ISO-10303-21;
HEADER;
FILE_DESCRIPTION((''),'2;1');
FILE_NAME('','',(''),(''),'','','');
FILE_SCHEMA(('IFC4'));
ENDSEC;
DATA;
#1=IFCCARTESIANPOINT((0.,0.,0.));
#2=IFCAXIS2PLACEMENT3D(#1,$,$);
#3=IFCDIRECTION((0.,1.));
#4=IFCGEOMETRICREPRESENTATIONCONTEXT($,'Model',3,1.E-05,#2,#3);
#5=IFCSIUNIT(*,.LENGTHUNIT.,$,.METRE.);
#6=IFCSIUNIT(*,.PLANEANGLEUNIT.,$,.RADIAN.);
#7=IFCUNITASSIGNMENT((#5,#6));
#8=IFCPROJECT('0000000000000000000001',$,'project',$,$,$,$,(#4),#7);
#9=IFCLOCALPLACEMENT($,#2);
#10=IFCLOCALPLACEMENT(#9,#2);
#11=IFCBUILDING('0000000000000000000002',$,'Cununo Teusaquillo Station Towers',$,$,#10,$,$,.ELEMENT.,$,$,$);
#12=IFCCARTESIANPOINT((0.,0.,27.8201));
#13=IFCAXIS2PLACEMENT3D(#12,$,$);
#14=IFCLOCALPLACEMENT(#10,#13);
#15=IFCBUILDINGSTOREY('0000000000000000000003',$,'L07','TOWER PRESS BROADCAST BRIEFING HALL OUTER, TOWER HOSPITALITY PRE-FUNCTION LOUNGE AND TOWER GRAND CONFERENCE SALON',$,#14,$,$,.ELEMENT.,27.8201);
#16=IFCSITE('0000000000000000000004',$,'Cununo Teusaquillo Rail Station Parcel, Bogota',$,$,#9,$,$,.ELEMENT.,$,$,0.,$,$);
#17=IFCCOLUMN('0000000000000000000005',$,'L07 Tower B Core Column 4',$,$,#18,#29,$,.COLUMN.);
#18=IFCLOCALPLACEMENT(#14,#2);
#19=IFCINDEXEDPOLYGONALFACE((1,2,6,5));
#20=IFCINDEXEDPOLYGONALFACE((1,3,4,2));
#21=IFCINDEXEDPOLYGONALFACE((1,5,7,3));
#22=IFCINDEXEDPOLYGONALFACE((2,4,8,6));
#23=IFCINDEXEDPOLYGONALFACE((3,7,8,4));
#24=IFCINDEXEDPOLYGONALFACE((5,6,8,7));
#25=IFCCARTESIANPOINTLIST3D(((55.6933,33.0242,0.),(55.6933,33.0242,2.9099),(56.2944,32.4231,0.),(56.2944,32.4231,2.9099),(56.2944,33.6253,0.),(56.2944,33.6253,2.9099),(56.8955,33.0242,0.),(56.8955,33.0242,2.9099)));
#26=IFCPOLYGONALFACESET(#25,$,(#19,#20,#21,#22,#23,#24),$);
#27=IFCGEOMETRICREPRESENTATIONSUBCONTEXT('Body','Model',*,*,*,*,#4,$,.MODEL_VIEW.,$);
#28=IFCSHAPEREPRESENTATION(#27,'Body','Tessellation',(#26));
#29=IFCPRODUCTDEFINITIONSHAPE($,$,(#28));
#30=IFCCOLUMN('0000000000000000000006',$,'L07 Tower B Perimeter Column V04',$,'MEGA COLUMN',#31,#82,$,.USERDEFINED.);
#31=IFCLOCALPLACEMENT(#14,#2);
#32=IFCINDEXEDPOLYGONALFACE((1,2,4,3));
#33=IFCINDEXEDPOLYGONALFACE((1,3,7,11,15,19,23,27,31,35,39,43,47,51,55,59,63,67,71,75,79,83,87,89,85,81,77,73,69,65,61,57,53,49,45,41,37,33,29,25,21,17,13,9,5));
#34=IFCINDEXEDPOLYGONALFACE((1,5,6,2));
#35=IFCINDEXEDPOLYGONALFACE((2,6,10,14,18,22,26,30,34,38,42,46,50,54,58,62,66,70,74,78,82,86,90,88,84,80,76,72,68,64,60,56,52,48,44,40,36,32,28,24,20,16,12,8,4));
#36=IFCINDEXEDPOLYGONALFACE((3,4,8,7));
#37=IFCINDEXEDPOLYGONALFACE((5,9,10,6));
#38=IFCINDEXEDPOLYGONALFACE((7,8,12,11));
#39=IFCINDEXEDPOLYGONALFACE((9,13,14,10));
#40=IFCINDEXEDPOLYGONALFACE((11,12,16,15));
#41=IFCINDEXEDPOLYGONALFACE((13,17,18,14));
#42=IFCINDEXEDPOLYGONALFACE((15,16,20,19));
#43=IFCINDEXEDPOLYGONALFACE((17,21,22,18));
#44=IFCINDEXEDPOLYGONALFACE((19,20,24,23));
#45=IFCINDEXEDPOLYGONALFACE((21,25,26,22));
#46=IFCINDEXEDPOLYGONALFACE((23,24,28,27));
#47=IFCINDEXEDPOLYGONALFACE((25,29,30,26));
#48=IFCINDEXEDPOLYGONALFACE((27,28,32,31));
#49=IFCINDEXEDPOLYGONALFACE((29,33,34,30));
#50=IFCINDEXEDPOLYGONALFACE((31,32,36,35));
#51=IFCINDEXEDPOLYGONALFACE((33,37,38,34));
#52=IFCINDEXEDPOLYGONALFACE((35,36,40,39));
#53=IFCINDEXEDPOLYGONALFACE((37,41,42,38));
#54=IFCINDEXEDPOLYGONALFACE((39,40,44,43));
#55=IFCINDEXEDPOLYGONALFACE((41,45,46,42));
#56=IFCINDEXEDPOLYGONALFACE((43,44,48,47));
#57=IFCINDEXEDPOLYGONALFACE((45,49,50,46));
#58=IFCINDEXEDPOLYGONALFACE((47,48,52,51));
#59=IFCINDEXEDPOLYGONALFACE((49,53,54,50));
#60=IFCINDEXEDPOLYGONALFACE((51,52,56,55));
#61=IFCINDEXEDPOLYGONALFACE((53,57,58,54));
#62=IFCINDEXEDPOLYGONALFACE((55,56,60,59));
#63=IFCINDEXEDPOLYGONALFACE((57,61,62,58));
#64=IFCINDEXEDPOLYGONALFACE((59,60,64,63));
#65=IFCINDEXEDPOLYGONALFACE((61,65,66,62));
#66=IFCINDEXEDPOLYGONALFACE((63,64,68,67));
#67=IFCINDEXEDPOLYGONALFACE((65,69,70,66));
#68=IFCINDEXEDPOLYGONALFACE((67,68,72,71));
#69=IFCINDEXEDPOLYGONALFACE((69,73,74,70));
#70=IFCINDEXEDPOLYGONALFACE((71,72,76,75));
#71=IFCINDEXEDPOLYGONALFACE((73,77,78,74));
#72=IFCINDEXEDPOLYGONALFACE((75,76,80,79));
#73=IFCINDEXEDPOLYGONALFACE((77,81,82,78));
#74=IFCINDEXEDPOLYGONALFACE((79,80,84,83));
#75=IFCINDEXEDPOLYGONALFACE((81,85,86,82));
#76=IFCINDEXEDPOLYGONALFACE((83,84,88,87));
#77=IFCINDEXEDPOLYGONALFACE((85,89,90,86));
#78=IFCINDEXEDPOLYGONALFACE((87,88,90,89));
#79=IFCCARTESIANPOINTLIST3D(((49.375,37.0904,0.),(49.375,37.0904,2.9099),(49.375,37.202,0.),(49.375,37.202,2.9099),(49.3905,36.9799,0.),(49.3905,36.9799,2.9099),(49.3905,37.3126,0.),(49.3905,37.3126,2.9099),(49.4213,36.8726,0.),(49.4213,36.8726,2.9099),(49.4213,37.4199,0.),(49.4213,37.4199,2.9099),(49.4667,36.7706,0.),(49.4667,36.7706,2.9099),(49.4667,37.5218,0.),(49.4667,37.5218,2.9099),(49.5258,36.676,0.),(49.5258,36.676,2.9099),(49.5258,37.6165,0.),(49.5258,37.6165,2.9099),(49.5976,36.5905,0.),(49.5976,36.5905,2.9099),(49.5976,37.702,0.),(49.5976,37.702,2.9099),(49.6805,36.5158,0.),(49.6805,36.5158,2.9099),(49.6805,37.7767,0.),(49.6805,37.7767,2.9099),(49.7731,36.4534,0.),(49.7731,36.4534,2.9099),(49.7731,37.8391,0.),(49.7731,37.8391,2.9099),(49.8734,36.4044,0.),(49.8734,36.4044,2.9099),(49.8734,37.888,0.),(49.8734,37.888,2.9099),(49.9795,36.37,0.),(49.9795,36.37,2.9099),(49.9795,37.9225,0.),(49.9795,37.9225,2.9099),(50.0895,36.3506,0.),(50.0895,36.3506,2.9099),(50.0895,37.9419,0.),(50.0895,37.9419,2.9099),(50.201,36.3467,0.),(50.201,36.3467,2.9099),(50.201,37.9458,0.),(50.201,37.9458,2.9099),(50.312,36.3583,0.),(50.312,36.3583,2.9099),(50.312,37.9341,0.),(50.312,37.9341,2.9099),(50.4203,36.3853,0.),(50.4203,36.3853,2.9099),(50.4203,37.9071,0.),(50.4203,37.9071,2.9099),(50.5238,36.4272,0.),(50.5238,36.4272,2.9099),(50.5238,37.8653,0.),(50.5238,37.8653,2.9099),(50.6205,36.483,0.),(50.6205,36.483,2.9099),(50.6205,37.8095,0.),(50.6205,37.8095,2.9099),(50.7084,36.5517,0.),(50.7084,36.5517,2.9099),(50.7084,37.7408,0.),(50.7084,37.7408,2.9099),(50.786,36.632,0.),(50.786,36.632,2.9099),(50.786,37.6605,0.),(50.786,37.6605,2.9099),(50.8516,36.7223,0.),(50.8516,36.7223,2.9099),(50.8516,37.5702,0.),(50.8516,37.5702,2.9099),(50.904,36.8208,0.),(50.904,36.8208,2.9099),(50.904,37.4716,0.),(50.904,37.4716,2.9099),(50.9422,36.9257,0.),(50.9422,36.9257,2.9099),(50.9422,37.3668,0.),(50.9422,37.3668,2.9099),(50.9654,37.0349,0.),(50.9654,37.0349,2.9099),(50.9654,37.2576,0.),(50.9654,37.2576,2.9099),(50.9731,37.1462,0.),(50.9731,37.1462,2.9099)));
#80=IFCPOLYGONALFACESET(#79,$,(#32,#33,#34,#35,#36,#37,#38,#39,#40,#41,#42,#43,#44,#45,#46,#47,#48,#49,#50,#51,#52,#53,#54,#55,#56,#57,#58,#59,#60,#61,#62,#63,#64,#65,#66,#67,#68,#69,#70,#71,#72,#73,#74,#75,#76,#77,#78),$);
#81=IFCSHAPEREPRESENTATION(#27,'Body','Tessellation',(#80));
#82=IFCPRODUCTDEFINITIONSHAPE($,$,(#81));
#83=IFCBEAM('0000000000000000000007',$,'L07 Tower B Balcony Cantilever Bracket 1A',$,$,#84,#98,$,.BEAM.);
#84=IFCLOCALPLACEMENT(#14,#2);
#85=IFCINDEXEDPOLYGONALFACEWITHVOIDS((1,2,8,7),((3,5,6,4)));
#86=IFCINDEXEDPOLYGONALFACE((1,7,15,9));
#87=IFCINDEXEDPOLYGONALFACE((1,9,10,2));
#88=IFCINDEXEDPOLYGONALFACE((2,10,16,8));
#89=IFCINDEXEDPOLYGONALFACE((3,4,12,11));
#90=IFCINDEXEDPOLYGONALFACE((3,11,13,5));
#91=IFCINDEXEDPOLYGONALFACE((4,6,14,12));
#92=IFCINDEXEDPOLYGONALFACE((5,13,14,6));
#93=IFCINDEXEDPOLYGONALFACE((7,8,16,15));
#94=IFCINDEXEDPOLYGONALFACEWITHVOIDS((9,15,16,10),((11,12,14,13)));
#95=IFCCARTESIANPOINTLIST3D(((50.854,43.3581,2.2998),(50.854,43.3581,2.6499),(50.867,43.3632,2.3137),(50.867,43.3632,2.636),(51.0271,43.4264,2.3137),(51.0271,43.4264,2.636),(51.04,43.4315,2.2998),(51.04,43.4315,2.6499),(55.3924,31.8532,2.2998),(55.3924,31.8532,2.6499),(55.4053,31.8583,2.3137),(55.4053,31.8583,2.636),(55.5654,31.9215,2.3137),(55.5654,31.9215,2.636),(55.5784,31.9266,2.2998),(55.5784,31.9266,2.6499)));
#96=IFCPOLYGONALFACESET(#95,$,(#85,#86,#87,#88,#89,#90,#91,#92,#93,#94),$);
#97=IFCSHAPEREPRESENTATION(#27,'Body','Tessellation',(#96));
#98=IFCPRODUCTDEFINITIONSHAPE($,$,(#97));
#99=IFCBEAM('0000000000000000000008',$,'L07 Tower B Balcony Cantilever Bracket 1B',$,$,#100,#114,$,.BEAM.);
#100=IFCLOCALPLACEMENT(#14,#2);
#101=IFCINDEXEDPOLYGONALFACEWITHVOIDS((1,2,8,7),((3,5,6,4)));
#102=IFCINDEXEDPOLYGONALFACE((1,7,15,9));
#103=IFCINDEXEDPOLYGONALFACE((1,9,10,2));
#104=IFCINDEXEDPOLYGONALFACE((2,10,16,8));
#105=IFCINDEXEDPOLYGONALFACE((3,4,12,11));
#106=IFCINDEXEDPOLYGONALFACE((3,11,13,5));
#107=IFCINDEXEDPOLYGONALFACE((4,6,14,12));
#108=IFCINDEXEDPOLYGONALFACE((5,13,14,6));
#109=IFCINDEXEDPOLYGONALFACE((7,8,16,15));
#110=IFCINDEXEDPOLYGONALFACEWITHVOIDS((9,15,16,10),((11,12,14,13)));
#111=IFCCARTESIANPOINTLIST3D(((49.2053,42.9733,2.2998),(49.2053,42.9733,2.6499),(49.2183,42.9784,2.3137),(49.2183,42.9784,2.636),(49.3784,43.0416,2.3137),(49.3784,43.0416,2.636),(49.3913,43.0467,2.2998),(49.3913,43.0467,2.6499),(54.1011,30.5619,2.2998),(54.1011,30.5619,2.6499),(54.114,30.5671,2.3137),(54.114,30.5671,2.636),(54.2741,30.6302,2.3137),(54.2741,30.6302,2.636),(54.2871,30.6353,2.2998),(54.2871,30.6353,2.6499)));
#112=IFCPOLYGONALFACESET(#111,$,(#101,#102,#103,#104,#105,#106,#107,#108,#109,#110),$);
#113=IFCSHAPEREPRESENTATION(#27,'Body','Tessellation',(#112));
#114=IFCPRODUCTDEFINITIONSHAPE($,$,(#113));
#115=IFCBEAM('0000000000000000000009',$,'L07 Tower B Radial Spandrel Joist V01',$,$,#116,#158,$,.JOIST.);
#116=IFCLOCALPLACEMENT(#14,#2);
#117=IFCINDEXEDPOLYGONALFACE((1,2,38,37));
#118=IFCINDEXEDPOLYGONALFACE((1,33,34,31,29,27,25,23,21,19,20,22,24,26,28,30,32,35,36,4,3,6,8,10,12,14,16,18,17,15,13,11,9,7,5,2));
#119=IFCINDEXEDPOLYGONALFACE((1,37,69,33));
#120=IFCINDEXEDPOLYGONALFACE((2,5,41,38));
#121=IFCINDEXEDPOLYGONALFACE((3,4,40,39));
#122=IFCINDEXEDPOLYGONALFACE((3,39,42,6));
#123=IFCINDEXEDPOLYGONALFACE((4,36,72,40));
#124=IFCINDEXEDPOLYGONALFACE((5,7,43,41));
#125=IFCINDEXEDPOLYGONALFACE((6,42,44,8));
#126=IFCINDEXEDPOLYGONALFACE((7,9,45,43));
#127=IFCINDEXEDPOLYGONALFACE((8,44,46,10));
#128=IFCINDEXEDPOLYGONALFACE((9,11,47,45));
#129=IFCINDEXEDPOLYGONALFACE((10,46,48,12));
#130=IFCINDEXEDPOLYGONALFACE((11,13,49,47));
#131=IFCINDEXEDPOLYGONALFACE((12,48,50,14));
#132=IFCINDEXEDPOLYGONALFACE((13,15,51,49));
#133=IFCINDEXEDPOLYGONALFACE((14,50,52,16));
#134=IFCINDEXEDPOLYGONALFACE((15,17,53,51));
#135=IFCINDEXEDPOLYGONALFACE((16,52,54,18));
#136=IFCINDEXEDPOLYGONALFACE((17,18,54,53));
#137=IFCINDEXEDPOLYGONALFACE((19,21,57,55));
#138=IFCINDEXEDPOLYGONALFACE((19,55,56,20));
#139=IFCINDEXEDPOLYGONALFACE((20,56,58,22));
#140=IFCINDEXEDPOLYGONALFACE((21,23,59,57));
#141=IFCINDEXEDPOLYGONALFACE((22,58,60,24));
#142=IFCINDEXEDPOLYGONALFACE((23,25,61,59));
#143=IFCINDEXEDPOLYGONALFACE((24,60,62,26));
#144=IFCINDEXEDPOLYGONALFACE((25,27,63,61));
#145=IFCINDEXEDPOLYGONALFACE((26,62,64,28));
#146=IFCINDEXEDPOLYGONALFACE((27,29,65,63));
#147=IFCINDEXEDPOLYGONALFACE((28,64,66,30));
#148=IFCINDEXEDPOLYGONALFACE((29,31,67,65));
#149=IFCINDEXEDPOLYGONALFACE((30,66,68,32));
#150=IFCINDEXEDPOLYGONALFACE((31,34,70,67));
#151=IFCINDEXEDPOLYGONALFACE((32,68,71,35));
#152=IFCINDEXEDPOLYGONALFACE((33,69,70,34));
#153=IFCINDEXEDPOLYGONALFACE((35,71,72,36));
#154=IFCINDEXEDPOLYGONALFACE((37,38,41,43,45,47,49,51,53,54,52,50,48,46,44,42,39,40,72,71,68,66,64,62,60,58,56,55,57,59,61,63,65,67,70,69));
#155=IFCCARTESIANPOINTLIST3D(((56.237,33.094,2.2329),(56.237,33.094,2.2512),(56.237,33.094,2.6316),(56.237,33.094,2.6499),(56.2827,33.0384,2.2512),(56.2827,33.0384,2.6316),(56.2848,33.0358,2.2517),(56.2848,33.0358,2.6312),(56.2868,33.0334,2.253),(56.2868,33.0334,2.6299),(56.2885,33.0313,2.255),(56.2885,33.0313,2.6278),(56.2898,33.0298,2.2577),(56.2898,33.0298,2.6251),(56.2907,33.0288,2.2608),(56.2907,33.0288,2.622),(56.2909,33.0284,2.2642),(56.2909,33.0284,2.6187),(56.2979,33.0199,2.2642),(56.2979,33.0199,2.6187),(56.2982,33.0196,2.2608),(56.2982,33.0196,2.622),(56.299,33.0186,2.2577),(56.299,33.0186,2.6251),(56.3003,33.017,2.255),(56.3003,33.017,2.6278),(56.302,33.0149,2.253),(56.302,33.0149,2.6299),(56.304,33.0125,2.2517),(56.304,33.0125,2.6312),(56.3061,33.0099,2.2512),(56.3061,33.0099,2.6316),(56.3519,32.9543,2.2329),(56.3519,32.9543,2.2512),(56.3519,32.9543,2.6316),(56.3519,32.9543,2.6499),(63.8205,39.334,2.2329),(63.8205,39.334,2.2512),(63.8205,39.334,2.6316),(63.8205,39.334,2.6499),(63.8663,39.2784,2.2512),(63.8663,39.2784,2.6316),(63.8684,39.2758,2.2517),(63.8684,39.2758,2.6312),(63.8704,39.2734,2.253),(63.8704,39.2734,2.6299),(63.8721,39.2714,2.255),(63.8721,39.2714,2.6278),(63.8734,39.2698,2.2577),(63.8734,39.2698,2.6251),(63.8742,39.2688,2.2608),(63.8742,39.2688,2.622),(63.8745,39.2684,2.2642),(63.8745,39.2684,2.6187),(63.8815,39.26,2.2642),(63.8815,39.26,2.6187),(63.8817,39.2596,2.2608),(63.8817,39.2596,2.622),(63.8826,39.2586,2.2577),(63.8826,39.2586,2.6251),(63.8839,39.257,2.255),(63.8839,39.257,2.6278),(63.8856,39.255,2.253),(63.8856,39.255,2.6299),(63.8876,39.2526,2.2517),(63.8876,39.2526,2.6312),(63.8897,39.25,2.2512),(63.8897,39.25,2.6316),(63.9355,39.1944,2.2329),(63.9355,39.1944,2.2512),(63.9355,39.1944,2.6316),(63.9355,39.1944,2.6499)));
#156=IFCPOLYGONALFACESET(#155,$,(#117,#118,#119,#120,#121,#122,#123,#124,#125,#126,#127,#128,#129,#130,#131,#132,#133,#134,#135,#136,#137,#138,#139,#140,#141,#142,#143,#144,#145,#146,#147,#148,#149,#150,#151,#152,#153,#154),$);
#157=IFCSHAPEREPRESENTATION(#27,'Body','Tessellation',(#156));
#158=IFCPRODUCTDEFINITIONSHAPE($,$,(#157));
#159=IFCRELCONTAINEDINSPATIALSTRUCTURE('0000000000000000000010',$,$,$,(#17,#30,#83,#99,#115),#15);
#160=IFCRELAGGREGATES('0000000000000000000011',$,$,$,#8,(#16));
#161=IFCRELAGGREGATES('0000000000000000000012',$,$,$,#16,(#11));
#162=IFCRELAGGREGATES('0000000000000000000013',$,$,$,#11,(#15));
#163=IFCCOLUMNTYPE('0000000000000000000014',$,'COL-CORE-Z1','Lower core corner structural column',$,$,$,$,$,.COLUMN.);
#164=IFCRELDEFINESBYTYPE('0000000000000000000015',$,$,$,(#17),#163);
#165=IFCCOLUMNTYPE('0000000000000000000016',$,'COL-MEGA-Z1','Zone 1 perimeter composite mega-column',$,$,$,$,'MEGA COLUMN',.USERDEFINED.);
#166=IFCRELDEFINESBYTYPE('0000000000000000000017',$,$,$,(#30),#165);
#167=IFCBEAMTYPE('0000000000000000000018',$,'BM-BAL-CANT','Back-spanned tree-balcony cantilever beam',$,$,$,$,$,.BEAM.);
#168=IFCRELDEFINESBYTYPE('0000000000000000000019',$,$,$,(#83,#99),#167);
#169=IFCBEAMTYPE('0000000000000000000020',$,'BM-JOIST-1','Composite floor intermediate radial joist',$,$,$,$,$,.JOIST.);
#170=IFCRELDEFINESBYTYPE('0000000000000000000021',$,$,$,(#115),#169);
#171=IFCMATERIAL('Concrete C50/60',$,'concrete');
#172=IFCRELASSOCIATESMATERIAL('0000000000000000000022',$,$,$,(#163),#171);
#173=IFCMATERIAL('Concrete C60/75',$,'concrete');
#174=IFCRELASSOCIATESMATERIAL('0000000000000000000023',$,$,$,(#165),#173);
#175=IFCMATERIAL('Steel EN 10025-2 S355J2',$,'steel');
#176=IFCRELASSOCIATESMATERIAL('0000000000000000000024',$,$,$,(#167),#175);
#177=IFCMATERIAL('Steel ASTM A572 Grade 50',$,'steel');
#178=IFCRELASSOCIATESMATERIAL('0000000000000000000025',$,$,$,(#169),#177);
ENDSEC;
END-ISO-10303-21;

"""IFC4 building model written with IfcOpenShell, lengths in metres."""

from ifc_helpers import new_model, si_unit, direction, frame, origin, origin_2d, place, context, subcontext, project, spatial, rectangle, hollow_rectangle, circle, i_section, extrude, material, material_profile, profile_set, type_object, element, save


model = new_model("IFC4")

# Units and contexts
model_context = context("Model", 3, precision=1e-05, world=origin(), true_north=direction((0.0, 1.0)))
body_context = subcontext(model_context, "Body", "Model", "MODEL_VIEW")
ifc_project = project(units=[si_unit("LENGTHUNIT", "METRE"), si_unit("PLANEANGLEUNIT", "RADIAN")], contexts=[model_context])

# Site, building, storey
site_placement = place(None, origin())
site = spatial("IfcSite", under=ifc_project, at=site_placement, Name="Cununo Teusaquillo Rail Station Parcel, Bogota", CompositionType="ELEMENT", RefElevation=0.0)
building_placement = place(site_placement, origin())
building = spatial("IfcBuilding", under=site, at=building_placement, Name="Cununo Teusaquillo Station Towers", CompositionType="ELEMENT")
storey_placement = place(building_placement, frame((0.0, 0.0, 27.8201)))
storey = spatial("IfcBuildingStorey", under=building, at=storey_placement, Name="L07", Description="TOWER PRESS BROADCAST BRIEFING HALL OUTER, TOWER HOSPITALITY PRE-FUNCTION LOUNGE AND TOWER GRAND CONFERENCE SALON", CompositionType="ELEMENT", Elevation=27.8201)

# Columns
ifc_material_1 = material(Name="Concrete C50/60", Category="concrete")
ifc_material_profile_1 = material_profile(ifc_material_1, rectangle(XDim=0.8501, YDim=0.8501, at=origin_2d()), Name="RC-RECT-850x850")
ifc_profile_set_1 = profile_set([ifc_material_profile_1], Name="Concrete C50/60")
column_type_1 = type_object("IfcColumnType", Name="COL-CORE-Z1", Description="Lower core corner structural column", PredefinedType="COLUMN", material=ifc_profile_set_1)
column_1_placement = place(storey_placement, frame((56.2944, 33.0242, 0.0), z_axis=(0.0, 0.0, 1.0), x_axis=(0.707107, 0.707107, 0.0)))
element("IfcColumn", 1, at=column_1_placement, inside=storey, type_object=column_type_1, Name="L07 Tower B Core Column 4", PredefinedType="COLUMN", context=body_context, shape_type="SweptSolid", body=[
    extrude(rectangle(XDim=0.8501, YDim=0.8501, at=origin_2d()), origin(), (0.0, 0.0, 1.0), 2.9099),
])
ifc_material_2 = material(Name="Concrete C60/75", Category="concrete")
ifc_material_profile_2 = material_profile(ifc_material_2, circle(Radius=0.8, at=origin_2d()), Name="RC-CIRC-1600")
ifc_profile_set_2 = profile_set([ifc_material_profile_2], Name="Concrete C60/75")
column_type_2 = type_object("IfcColumnType", Name="COL-MEGA-Z1", Description="Zone 1 perimeter composite mega-column", ElementType="MEGA COLUMN", PredefinedType="USERDEFINED", material=ifc_profile_set_2)
column_2_placement = place(storey_placement, frame((50.1731, 37.1462, 0.0), z_axis=(0.0, 0.0, 1.0), x_axis=(1.0, 0.0, 0.0)))
element("IfcColumn", 2, at=column_2_placement, inside=storey, type_object=column_type_2, Name="L07 Tower B Perimeter Column V04", ObjectType="MEGA COLUMN", PredefinedType="USERDEFINED", context=body_context, shape_type="SweptSolid", body=[
    extrude(circle(Radius=0.8, at=origin_2d()), origin(), (0.0, 0.0, 1.0), 2.9099),
])

# Beams
ifc_material_3 = material(Name="Steel EN 10025-2 S355J2", Category="steel")
ifc_material_profile_3 = material_profile(ifc_material_3, hollow_rectangle(XDim=0.2, YDim=0.3501, WallThickness=0.0139, at=origin_2d()), Name="RHS 350x200x14")
ifc_profile_set_3 = profile_set([ifc_material_profile_3], Name="Steel EN 10025-2 S355J2")
beam_type_1 = type_object("IfcBeamType", Name="BM-BAL-CANT", Description="Back-spanned tree-balcony cantilever beam", PredefinedType="BEAM", material=ifc_profile_set_3)
beam_1_placement = place(storey_placement, frame((55.4854, 31.8899, 2.4749), z_axis=(-0.366952, 0.93024, 0.0), x_axis=(-0.93024, -0.366952, 0.0)))
element("IfcBeam", 3, at=beam_1_placement, inside=storey, type_object=beam_type_1, Name="L07 Tower B Balcony Cantilever Bracket 1A", PredefinedType="BEAM", context=body_context, shape_type="SweptSolid", body=[
    extrude(hollow_rectangle(XDim=0.2, YDim=0.3501, WallThickness=0.0139, at=origin_2d()), origin(), (0.0, 0.0, 1.0), 12.3677),
])
beam_2_placement = place(storey_placement, frame((54.1941, 30.5986, 2.4749), z_axis=(-0.366941, 0.930244, 0.0), x_axis=(-0.930244, -0.366941, 0.0)))
element("IfcBeam", 4, at=beam_2_placement, inside=storey, type_object=beam_type_1, Name="L07 Tower B Balcony Cantilever Bracket 1B", PredefinedType="BEAM", context=body_context, shape_type="SweptSolid", body=[
    extrude(hollow_rectangle(XDim=0.2, YDim=0.3501, WallThickness=0.0139, at=origin_2d()), origin(), (0.0, 0.0, 1.0), 13.342),
])
ifc_material_4 = material(Name="Steel ASTM A572 Grade 50", Category="steel")
ifc_material_profile_4 = material_profile(ifc_material_4, i_section(OverallWidth=0.1809, OverallDepth=0.417, WebThickness=0.011, FlangeThickness=0.0183, FilletRadius=0.0129, at=origin_2d()), Name="W16X57")
ifc_profile_set_4 = profile_set([ifc_material_profile_4], Name="Steel ASTM A572 Grade 50")
beam_type_2 = type_object("IfcBeamType", Name="BM-JOIST-1", Description="Composite floor intermediate radial joist", PredefinedType="JOIST", material=ifc_profile_set_4)
beam_3_placement = place(storey_placement, frame((56.2944, 33.0242, 2.4414), z_axis=(0.772192, 0.635389, 0.0), x_axis=(-0.635389, 0.772192, 0.0)))
element("IfcBeam", 5, at=beam_3_placement, inside=storey, type_object=beam_type_2, Name="L07 Tower B Radial Spandrel Joist V01", PredefinedType="JOIST", context=body_context, shape_type="SweptSolid", body=[
    extrude(i_section(OverallWidth=0.1809, OverallDepth=0.417, WebThickness=0.011, FlangeThickness=0.0183, FilletRadius=0.0129, at=origin_2d()), origin(), (0.0, 0.0, 1.0), 9.8208),
])

save(model, "model.ifc")
